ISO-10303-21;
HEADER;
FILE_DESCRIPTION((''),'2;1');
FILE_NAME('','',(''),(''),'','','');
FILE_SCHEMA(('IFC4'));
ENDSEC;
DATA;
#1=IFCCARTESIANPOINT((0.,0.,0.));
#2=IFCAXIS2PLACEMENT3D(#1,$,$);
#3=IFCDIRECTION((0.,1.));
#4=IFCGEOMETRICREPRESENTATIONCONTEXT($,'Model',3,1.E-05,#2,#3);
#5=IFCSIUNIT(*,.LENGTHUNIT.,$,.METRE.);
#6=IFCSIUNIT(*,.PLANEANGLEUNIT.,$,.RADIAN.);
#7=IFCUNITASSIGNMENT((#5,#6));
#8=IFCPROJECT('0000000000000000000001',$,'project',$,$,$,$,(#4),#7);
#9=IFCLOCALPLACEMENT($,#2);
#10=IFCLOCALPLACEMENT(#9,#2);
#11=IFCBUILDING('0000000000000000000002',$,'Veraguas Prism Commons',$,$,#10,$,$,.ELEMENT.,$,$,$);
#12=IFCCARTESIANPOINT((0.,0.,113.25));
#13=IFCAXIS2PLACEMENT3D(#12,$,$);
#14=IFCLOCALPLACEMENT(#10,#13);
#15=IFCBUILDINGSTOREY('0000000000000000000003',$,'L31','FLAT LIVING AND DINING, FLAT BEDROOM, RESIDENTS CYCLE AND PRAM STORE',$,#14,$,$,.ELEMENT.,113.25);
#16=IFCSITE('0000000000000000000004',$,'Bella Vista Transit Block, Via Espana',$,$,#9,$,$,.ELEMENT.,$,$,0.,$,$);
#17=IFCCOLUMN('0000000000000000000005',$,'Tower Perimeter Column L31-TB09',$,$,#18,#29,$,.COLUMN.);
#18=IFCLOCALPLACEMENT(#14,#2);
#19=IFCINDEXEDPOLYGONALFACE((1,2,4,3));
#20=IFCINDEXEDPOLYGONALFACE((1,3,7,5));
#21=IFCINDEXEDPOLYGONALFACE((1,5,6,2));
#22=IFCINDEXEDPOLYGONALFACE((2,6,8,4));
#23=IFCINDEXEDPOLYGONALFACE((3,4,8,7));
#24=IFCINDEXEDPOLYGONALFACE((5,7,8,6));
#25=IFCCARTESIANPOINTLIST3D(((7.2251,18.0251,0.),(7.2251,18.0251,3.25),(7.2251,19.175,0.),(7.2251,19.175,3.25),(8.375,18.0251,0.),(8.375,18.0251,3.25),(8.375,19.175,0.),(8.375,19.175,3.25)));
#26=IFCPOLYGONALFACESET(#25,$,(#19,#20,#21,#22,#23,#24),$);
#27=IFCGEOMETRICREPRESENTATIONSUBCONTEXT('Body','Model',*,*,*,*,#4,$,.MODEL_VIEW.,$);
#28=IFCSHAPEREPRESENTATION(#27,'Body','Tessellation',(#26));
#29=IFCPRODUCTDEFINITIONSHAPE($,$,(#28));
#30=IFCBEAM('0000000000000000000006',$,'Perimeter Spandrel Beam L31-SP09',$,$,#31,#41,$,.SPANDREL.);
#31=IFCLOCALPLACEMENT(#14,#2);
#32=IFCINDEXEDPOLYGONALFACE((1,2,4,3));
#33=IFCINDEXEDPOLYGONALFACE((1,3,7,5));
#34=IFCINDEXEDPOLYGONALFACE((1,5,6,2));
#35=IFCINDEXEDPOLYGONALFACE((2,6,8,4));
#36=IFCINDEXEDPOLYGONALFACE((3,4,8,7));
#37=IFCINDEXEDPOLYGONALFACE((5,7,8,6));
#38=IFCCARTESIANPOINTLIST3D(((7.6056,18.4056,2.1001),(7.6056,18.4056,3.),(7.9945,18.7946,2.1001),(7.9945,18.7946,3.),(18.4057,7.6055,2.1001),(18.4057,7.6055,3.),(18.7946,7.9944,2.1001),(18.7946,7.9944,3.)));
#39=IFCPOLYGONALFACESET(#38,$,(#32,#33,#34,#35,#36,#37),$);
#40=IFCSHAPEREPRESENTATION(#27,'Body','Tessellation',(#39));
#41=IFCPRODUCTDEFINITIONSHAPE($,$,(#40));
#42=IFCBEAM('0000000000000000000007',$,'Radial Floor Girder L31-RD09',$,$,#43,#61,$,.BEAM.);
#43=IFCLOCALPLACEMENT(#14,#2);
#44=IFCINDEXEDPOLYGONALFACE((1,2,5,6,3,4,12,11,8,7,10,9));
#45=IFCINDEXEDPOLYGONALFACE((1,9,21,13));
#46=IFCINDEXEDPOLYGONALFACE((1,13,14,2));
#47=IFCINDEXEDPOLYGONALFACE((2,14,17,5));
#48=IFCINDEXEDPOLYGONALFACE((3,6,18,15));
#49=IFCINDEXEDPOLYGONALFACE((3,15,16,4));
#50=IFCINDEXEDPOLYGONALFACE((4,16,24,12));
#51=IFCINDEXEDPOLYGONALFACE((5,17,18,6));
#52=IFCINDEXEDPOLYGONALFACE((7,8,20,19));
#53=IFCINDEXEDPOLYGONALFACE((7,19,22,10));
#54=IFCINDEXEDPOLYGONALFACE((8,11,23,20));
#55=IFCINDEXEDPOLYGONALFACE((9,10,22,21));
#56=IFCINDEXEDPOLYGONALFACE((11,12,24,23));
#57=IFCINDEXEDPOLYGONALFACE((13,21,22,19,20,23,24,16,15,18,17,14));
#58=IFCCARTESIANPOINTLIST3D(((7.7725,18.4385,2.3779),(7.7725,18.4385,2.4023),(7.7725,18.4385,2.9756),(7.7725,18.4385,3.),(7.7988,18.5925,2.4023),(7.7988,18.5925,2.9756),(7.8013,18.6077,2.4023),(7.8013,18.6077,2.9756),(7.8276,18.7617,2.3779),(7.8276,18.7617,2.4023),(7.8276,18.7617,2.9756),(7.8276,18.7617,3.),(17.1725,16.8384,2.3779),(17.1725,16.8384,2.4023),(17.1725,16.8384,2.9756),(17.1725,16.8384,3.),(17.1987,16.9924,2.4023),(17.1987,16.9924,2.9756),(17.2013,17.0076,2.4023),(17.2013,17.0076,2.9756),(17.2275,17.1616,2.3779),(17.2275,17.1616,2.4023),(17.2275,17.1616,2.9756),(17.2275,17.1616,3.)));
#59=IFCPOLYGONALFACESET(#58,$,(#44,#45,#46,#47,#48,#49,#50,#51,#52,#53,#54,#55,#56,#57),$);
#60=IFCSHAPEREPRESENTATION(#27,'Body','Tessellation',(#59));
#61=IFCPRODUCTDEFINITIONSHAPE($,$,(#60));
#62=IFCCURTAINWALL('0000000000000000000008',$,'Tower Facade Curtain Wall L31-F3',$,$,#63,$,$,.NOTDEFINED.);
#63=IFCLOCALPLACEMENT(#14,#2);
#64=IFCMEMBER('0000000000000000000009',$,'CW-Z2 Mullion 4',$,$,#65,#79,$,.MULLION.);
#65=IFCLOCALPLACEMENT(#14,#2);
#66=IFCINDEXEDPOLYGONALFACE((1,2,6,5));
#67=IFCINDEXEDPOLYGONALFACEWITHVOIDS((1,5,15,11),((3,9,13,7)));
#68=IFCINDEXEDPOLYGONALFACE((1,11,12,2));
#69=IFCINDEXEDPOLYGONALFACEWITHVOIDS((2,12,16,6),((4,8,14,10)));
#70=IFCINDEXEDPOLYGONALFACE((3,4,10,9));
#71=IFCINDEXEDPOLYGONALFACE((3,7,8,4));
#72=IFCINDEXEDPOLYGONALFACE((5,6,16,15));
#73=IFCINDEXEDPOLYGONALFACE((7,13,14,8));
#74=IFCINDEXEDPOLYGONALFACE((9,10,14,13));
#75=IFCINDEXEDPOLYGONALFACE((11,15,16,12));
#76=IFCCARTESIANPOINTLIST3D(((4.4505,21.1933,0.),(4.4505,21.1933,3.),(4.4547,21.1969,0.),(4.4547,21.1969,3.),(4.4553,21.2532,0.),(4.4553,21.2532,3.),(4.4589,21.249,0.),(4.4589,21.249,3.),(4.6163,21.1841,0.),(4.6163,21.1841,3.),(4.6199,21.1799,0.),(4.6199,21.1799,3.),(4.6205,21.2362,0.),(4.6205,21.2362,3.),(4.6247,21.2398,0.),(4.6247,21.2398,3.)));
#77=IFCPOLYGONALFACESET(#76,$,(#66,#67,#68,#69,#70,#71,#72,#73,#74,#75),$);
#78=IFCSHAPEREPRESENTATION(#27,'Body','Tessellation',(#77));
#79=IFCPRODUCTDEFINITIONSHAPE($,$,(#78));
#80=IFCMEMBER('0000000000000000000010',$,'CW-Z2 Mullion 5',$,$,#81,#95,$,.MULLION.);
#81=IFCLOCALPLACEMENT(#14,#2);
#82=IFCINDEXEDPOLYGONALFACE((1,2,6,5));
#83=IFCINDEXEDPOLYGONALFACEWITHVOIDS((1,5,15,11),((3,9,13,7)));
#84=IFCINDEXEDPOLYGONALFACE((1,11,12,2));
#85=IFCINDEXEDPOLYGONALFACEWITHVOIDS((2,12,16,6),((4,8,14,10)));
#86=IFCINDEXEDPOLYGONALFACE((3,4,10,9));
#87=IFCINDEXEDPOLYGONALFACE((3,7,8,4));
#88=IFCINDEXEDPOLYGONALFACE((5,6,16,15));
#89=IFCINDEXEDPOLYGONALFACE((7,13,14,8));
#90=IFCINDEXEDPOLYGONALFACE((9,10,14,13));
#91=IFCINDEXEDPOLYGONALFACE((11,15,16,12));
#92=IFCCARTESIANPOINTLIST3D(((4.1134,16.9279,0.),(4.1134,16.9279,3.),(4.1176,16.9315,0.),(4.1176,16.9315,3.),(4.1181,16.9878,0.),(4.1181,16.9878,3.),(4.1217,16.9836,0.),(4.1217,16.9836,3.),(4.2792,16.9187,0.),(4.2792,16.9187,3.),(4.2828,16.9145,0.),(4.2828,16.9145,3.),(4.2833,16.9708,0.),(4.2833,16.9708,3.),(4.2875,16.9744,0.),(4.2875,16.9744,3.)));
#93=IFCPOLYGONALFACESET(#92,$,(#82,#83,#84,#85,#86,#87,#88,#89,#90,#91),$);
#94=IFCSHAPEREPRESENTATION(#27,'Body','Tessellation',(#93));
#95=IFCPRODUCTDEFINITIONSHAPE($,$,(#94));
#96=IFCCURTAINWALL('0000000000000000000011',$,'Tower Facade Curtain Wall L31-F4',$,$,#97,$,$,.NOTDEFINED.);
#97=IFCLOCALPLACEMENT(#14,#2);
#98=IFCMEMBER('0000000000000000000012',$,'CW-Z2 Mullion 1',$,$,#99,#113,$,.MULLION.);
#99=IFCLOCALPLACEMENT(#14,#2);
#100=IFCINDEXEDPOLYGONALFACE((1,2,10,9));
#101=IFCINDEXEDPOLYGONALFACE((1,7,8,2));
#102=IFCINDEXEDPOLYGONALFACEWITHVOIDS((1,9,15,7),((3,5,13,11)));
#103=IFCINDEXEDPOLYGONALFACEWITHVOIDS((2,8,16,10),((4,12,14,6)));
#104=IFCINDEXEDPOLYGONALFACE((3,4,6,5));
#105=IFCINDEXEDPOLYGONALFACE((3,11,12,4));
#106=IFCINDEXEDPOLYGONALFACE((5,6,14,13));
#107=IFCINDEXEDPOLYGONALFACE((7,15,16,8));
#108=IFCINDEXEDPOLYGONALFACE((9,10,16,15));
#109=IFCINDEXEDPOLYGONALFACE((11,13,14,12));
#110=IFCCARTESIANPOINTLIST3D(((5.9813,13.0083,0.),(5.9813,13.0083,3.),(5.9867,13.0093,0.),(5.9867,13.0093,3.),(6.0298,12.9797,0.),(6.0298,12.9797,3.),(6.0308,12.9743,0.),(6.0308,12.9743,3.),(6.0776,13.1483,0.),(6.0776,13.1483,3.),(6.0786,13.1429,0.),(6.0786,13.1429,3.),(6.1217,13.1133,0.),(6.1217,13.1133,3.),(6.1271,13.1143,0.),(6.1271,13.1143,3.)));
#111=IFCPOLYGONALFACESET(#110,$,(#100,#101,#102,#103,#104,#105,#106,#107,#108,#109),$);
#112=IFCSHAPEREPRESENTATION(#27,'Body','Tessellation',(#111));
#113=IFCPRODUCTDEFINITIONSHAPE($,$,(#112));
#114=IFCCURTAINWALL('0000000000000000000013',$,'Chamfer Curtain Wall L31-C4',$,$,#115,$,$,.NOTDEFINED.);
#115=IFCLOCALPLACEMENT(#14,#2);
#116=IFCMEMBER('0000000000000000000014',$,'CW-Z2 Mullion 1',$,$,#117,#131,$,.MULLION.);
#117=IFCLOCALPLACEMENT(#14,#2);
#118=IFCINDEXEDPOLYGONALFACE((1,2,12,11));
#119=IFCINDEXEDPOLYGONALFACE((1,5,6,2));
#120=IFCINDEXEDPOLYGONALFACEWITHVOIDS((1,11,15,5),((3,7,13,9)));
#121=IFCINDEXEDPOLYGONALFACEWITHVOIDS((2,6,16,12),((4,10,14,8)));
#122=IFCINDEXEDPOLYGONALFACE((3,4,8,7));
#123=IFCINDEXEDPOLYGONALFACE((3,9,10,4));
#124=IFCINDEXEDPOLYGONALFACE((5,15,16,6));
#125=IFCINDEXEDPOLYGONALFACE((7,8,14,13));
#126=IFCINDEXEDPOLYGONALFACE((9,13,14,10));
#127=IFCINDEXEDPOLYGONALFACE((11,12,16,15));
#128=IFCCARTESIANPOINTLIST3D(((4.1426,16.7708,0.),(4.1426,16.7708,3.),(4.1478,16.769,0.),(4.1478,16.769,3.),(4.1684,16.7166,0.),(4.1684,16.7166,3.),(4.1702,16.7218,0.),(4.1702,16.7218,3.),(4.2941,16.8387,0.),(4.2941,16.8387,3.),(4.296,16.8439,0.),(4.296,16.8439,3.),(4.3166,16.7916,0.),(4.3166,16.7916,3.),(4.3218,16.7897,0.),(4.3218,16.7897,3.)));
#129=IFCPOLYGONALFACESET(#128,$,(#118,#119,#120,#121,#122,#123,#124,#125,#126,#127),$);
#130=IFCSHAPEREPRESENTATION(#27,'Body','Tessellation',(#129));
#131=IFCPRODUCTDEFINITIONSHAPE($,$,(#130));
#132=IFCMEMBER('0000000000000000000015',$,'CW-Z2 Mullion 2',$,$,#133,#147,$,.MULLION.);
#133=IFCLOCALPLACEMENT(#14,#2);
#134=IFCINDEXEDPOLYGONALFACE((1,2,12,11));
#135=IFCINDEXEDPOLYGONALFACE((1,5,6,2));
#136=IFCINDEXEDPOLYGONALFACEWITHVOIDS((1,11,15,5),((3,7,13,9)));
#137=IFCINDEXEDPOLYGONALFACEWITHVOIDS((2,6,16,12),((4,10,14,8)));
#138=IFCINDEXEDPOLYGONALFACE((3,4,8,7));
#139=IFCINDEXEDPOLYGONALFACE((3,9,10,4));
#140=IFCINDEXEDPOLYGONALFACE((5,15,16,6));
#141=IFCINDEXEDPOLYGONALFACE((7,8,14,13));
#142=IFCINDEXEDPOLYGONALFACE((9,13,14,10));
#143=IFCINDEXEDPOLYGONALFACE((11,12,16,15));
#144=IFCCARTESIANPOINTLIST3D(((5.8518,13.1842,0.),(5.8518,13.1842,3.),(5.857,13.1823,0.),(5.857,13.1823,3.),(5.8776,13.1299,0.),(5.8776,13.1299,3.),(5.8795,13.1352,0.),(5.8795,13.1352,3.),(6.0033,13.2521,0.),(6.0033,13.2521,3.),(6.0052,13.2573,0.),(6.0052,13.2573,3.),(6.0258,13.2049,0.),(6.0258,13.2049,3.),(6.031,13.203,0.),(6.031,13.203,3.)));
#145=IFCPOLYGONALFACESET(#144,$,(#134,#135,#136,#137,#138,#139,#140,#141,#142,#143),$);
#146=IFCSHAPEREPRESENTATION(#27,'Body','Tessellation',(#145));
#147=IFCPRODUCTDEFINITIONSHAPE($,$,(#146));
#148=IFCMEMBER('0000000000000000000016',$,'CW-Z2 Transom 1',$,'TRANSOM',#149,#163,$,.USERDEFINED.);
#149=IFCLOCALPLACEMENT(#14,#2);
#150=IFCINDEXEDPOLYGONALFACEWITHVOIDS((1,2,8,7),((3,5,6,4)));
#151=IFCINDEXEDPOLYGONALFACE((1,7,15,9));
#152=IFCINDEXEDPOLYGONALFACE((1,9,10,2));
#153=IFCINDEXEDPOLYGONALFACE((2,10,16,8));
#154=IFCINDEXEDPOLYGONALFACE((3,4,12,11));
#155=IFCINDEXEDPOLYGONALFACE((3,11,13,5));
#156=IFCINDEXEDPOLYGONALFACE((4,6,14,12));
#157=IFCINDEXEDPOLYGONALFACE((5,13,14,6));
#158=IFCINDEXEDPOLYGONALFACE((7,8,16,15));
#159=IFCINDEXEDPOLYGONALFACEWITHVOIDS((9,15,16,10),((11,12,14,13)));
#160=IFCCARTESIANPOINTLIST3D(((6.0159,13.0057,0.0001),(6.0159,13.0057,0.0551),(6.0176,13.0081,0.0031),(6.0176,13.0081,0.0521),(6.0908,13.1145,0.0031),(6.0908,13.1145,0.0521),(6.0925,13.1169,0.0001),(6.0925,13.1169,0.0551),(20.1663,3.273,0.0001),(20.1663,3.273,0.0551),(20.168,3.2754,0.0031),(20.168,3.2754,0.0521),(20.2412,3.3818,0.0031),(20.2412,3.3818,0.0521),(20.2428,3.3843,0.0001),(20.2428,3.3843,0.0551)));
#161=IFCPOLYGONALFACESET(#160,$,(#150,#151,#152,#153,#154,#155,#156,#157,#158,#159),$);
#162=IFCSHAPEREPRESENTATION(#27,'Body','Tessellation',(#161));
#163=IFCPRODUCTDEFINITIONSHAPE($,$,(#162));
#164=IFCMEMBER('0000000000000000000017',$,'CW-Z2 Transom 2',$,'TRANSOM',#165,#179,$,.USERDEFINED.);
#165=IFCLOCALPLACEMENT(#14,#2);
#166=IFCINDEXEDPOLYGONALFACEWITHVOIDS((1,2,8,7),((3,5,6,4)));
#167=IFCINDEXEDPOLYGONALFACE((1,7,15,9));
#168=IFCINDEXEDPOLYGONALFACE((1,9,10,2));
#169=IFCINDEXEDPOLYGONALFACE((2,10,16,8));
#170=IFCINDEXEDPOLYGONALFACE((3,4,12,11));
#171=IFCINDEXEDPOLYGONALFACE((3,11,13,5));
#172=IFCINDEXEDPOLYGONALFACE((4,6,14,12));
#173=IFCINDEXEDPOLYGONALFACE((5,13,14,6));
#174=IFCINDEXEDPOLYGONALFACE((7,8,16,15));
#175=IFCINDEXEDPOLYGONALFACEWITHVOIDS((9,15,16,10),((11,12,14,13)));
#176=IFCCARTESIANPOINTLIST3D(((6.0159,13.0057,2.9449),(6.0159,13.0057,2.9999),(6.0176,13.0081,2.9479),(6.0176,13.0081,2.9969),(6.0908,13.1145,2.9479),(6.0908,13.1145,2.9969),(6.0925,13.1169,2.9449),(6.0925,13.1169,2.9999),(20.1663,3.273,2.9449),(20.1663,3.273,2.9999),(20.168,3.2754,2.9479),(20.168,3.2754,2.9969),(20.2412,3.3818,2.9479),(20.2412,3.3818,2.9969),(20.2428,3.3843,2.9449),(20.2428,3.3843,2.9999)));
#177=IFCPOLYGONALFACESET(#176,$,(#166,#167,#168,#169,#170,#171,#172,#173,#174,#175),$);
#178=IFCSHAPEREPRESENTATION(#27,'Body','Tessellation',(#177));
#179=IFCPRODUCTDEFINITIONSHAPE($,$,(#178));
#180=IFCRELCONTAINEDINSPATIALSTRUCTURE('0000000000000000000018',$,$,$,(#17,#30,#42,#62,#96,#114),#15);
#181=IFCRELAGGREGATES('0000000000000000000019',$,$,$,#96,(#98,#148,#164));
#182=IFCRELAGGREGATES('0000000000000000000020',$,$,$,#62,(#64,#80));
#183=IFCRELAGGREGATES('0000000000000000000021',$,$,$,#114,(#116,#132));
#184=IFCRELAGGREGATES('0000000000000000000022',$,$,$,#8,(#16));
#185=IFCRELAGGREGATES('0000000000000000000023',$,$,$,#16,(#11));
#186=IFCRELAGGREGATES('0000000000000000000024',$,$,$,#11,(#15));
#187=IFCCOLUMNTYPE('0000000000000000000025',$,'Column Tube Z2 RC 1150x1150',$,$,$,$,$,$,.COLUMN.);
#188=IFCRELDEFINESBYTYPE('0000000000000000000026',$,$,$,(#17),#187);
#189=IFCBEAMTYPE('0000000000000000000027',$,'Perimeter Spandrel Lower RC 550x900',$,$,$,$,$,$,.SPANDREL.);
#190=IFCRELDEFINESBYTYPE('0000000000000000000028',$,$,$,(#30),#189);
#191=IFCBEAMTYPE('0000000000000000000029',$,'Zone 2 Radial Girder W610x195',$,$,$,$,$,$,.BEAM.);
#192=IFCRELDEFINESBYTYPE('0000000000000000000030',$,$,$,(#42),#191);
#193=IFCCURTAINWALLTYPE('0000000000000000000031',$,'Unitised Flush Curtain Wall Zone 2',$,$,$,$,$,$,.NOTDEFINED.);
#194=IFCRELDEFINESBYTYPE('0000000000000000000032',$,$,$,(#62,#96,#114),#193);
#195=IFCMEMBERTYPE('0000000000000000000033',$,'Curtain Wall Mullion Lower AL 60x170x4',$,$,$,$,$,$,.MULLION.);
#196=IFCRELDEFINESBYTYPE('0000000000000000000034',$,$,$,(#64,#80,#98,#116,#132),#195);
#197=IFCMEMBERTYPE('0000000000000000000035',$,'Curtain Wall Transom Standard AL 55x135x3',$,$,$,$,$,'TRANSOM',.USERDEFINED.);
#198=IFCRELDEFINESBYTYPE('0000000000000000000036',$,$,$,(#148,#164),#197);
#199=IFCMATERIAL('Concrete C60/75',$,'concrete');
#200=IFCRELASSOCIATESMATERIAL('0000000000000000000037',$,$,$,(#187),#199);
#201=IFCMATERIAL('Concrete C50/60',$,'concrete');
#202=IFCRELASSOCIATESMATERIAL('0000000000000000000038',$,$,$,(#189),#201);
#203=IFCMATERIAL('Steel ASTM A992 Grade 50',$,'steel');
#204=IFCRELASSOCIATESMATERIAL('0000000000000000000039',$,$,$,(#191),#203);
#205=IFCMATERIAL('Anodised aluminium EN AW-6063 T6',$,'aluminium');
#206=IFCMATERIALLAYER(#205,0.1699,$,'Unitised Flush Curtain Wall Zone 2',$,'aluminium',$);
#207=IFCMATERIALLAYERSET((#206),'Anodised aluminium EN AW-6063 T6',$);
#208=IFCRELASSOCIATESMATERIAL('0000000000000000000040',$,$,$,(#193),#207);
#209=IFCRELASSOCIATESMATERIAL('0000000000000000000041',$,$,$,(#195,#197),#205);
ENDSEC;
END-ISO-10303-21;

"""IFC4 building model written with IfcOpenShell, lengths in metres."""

from ifc_helpers import new_model, si_unit, direction, frame, origin, origin_2d, place, context, subcontext, project, spatial, rectangle, hollow_rectangle, i_section, extrude, source, transform, mapped, material, layer, layer_set, material_profile, profile_set, type_object, element, aggregate, save


model = new_model("IFC4")

# Units and contexts
model_context = context("Model", 3, precision=1e-05, world=origin(), true_north=direction((0.0, 1.0)))
body_context = subcontext(model_context, "Body", "Model", "MODEL_VIEW")
ifc_project = project(units=[si_unit("LENGTHUNIT", "METRE"), si_unit("PLANEANGLEUNIT", "RADIAN")], contexts=[model_context])

# Site, building, storey
site_placement = place(None, origin())
site = spatial("IfcSite", under=ifc_project, at=site_placement, Name="Bella Vista Transit Block, Via Espana", CompositionType="ELEMENT", RefElevation=0.0)
building_placement = place(site_placement, origin())
building = spatial("IfcBuilding", under=site, at=building_placement, Name="Veraguas Prism Commons", CompositionType="ELEMENT")
storey_placement = place(building_placement, frame((0.0, 0.0, 113.25)))
storey = spatial("IfcBuildingStorey", under=building, at=storey_placement, Name="L31", Description="FLAT LIVING AND DINING, FLAT BEDROOM, RESIDENTS CYCLE AND PRAM STORE", CompositionType="ELEMENT", Elevation=113.25)

# Column
ifc_material_1 = material(Name="Concrete C60/75", Category="concrete")
ifc_material_profile_1 = material_profile(ifc_material_1, rectangle(XDim=1.1499, YDim=1.1499, at=origin_2d()), Name="RC1150X1150")
ifc_profile_set_1 = profile_set([ifc_material_profile_1], Name="Concrete C60/75")
column_type = type_object("IfcColumnType", Name="Column Tube Z2 RC 1150x1150", PredefinedType="COLUMN", material=ifc_profile_set_1)
column_placement = place(storey_placement, frame((7.8, 18.6001, 0.0), z_axis=(0.0, 0.0, 1.0), x_axis=(1.0, 0.0, 0.0)))
element("IfcColumn", 1, at=column_placement, inside=storey, type_object=column_type, Name="Tower Perimeter Column L31-TB09", PredefinedType="COLUMN", context=body_context, shape_type="SweptSolid", body=[
    extrude(rectangle(XDim=1.1499, YDim=1.1499, at=origin_2d()), origin(), (0.0, 0.0, 1.0), 3.25),
])

# Beams
ifc_material_2 = material(Name="Concrete C50/60", Category="concrete")
ifc_material_profile_2 = material_profile(ifc_material_2, rectangle(XDim=0.55, YDim=0.8999, at=origin_2d()), Name="RC550X900")
ifc_profile_set_2 = profile_set([ifc_material_profile_2], Name="Concrete C50/60")
beam_type_1 = type_object("IfcBeamType", Name="Perimeter Spandrel Lower RC 550x900", PredefinedType="SPANDREL", material=ifc_profile_set_2)
beam_1_placement = place(storey_placement, frame((7.8, 18.6001, 2.55), z_axis=(0.707107, -0.707107, 0.0), x_axis=(0.707107, 0.707107, 0.0)))
element("IfcBeam", 2, at=beam_1_placement, inside=storey, type_object=beam_type_1, Name="Perimeter Spandrel Beam L31-SP09", PredefinedType="SPANDREL", context=body_context, shape_type="SweptSolid", body=[
    extrude(rectangle(XDim=0.55, YDim=0.8999, at=origin_2d()), origin(), (0.0, 0.0, 1.0), 15.2737),
])
ifc_material_3 = material(Name="Steel ASTM A992 Grade 50", Category="steel")
ifc_material_profile_3 = material_profile(ifc_material_3, i_section(OverallWidth=0.3279, OverallDepth=0.6221, WebThickness=0.0154, FlangeThickness=0.0244, at=origin_2d()), Name="W610X195")
ifc_profile_set_3 = profile_set([ifc_material_profile_3], Name="Steel ASTM A992 Grade 50")
beam_type_2 = type_object("IfcBeamType", Name="Zone 2 Radial Girder W610x195", PredefinedType="BEAM", material=ifc_profile_set_3)
beam_2_placement = place(storey_placement, frame((7.8, 18.6001, 2.689), z_axis=(0.985819, -0.167811, 0.0), x_axis=(0.167811, 0.985819, 0.0)))
element("IfcBeam", 3, at=beam_2_placement, inside=storey, type_object=beam_type_2, Name="Radial Floor Girder L31-RD09", PredefinedType="BEAM", context=body_context, shape_type="SweptSolid", body=[
    extrude(i_section(OverallWidth=0.3279, OverallDepth=0.6221, WebThickness=0.0154, FlangeThickness=0.0244, at=origin_2d()), origin(), (0.0, 0.0, 1.0), 9.5352),
])

# Curtain wall, members
ifc_material_4 = material(Name="Anodised aluminium EN AW-6063 T6", Category="aluminium")
ifc_layer_1 = layer(ifc_material_4, 0.1699, Name="Unitised Flush Curtain Wall Zone 2", Category="aluminium")
ifc_layer_set_1 = layer_set([ifc_layer_1], Name="Anodised aluminium EN AW-6063 T6")
curtain_wall_type = type_object("IfcCurtainWallType", Name="Unitised Flush Curtain Wall Zone 2", PredefinedType="NOTDEFINED", material=ifc_layer_set_1)
curtain_wall_1_placement = place(storey_placement, origin())
curtain_wall_1 = element("IfcCurtainWall", 4, at=curtain_wall_1_placement, inside=storey, type_object=curtain_wall_type, Name="Tower Facade Curtain Wall L31-F3", PredefinedType="NOTDEFINED")
ifc_material_profile_4 = material_profile(ifc_material_4, hollow_rectangle(XDim=0.0601, YDim=0.1699, WallThickness=0.0039, at=origin_2d()), Name="AL60X170X4")
ifc_profile_set_4 = profile_set([ifc_material_profile_4], Name="Anodised aluminium EN AW-6063 T6")
member_type_1 = type_object("IfcMemberType", Name="Curtain Wall Mullion Lower AL 60x170x4", PredefinedType="MULLION", material=ifc_profile_set_4)
shared_shape_1 = source(origin(), body_context, "Body", "SweptSolid", [
    extrude(hollow_rectangle(XDim=0.0601, YDim=0.1699, WallThickness=0.0039, at=origin_2d()), origin(), (0.0, 0.0, 1.0), 3.0),
])
member_1_placement = place(storey_placement, frame((4.5376, 21.2166, 0.0), z_axis=(0.0, 0.0, 1.0), x_axis=(-0.078807, -0.99689, 0.0)))
member_1 = element("IfcMember", 5, at=member_1_placement, type_object=member_type_1, Name="CW-Z2 Mullion 4", PredefinedType="MULLION", context=body_context, shape_type="MappedRepresentation", body=[
    mapped(shared_shape_1, transform((0.0, 0.0, 0.0), scale=1.0)),
])
member_2_placement = place(storey_placement, frame((4.2004, 16.9512, 0.0), z_axis=(0.0, 0.0, 1.0), x_axis=(-0.078807, -0.99689, 0.0)))
member_2 = element("IfcMember", 6, at=member_2_placement, type_object=member_type_1, Name="CW-Z2 Mullion 5", PredefinedType="MULLION", context=body_context, shape_type="MappedRepresentation", body=[
    mapped(shared_shape_1, transform((0.0, 0.0, 0.0), scale=1.0)),
])

# Curtain wall, member
curtain_wall_2_placement = place(storey_placement, origin())
curtain_wall_2 = element("IfcCurtainWall", 7, at=curtain_wall_2_placement, inside=storey, type_object=curtain_wall_type, Name="Tower Facade Curtain Wall L31-F4", PredefinedType="NOTDEFINED")
member_3_placement = place(storey_placement, frame((6.0542, 13.0613, 0.0), z_axis=(0.0, 0.0, 1.0), x_axis=(0.82393, -0.566691, 0.0)))
member_3 = element("IfcMember", 8, at=member_3_placement, type_object=member_type_1, Name="CW-Z2 Mullion 1", PredefinedType="MULLION", context=body_context, shape_type="MappedRepresentation", body=[
    mapped(shared_shape_1, transform((0.0, 0.0, 0.0), scale=1.0)),
])

# Curtain wall, members
curtain_wall_3_placement = place(storey_placement, origin())
curtain_wall_3 = element("IfcCurtainWall", 9, at=curtain_wall_3_placement, inside=storey, type_object=curtain_wall_type, Name="Chamfer Curtain Wall L31-C4", PredefinedType="NOTDEFINED")
member_4_placement = place(storey_placement, frame((4.2322, 16.7803, 0.0), z_axis=(0.0, 0.0, 1.0), x_axis=(0.430193, -0.902737, 0.0)))
member_4 = element("IfcMember", 10, at=member_4_placement, type_object=member_type_1, Name="CW-Z2 Mullion 1", PredefinedType="MULLION", context=body_context, shape_type="MappedRepresentation", body=[
    mapped(shared_shape_1, transform((0.0, 0.0, 0.0), scale=1.0)),
])
member_5_placement = place(storey_placement, frame((5.9414, 13.1936, 0.0), z_axis=(0.0, 0.0, 1.0), x_axis=(0.430193, -0.902737, 0.0)))
member_5 = element("IfcMember", 11, at=member_5_placement, type_object=member_type_1, Name="CW-Z2 Mullion 2", PredefinedType="MULLION", context=body_context, shape_type="MappedRepresentation", body=[
    mapped(shared_shape_1, transform((0.0, 0.0, 0.0), scale=1.0)),
])

# Members
ifc_material_profile_5 = material_profile(ifc_material_4, hollow_rectangle(XDim=0.0549, YDim=0.135, WallThickness=0.0029, at=origin_2d()), Name="AL55X135X3")
ifc_profile_set_5 = profile_set([ifc_material_profile_5], Name="Anodised aluminium EN AW-6063 T6")
member_type_2 = type_object("IfcMemberType", Name="Curtain Wall Transom Standard AL 55x135x3", ElementType="TRANSOM", PredefinedType="USERDEFINED", material=ifc_profile_set_5)
shared_shape_2 = source(origin(), body_context, "Body", "SweptSolid", [
    extrude(hollow_rectangle(XDim=0.0549, YDim=0.135, WallThickness=0.0029, at=origin_2d()), origin(), (0.0, 0.0, 1.0), 17.1743),
])
member_6_placement = place(storey_placement, frame((6.0542, 13.0613, 0.0276), z_axis=(0.823926, -0.566698, 0.0), x_axis=(0.0, 0.0, 1.0)))
member_6 = element("IfcMember", 12, at=member_6_placement, type_object=member_type_2, Name="CW-Z2 Transom 1", ObjectType="TRANSOM", PredefinedType="USERDEFINED", context=body_context, shape_type="MappedRepresentation", body=[
    mapped(shared_shape_2, transform((0.0, 0.0, 0.0), scale=1.0)),
])
member_7_placement = place(storey_placement, frame((6.0542, 13.0613, 2.9724), z_axis=(0.823926, -0.566698, 0.0), x_axis=(0.0, 0.0, 1.0)))
member_7 = element("IfcMember", 13, at=member_7_placement, type_object=member_type_2, Name="CW-Z2 Transom 2", ObjectType="TRANSOM", PredefinedType="USERDEFINED", context=body_context, shape_type="MappedRepresentation", body=[
    mapped(shared_shape_2, transform((0.0, 0.0, 0.0), scale=1.0)),
])
aggregate(curtain_wall_2, [member_3, member_6, member_7])

aggregate(curtain_wall_1, [member_1, member_2])
aggregate(curtain_wall_3, [member_4, member_5])

save(model, "model.ifc")
